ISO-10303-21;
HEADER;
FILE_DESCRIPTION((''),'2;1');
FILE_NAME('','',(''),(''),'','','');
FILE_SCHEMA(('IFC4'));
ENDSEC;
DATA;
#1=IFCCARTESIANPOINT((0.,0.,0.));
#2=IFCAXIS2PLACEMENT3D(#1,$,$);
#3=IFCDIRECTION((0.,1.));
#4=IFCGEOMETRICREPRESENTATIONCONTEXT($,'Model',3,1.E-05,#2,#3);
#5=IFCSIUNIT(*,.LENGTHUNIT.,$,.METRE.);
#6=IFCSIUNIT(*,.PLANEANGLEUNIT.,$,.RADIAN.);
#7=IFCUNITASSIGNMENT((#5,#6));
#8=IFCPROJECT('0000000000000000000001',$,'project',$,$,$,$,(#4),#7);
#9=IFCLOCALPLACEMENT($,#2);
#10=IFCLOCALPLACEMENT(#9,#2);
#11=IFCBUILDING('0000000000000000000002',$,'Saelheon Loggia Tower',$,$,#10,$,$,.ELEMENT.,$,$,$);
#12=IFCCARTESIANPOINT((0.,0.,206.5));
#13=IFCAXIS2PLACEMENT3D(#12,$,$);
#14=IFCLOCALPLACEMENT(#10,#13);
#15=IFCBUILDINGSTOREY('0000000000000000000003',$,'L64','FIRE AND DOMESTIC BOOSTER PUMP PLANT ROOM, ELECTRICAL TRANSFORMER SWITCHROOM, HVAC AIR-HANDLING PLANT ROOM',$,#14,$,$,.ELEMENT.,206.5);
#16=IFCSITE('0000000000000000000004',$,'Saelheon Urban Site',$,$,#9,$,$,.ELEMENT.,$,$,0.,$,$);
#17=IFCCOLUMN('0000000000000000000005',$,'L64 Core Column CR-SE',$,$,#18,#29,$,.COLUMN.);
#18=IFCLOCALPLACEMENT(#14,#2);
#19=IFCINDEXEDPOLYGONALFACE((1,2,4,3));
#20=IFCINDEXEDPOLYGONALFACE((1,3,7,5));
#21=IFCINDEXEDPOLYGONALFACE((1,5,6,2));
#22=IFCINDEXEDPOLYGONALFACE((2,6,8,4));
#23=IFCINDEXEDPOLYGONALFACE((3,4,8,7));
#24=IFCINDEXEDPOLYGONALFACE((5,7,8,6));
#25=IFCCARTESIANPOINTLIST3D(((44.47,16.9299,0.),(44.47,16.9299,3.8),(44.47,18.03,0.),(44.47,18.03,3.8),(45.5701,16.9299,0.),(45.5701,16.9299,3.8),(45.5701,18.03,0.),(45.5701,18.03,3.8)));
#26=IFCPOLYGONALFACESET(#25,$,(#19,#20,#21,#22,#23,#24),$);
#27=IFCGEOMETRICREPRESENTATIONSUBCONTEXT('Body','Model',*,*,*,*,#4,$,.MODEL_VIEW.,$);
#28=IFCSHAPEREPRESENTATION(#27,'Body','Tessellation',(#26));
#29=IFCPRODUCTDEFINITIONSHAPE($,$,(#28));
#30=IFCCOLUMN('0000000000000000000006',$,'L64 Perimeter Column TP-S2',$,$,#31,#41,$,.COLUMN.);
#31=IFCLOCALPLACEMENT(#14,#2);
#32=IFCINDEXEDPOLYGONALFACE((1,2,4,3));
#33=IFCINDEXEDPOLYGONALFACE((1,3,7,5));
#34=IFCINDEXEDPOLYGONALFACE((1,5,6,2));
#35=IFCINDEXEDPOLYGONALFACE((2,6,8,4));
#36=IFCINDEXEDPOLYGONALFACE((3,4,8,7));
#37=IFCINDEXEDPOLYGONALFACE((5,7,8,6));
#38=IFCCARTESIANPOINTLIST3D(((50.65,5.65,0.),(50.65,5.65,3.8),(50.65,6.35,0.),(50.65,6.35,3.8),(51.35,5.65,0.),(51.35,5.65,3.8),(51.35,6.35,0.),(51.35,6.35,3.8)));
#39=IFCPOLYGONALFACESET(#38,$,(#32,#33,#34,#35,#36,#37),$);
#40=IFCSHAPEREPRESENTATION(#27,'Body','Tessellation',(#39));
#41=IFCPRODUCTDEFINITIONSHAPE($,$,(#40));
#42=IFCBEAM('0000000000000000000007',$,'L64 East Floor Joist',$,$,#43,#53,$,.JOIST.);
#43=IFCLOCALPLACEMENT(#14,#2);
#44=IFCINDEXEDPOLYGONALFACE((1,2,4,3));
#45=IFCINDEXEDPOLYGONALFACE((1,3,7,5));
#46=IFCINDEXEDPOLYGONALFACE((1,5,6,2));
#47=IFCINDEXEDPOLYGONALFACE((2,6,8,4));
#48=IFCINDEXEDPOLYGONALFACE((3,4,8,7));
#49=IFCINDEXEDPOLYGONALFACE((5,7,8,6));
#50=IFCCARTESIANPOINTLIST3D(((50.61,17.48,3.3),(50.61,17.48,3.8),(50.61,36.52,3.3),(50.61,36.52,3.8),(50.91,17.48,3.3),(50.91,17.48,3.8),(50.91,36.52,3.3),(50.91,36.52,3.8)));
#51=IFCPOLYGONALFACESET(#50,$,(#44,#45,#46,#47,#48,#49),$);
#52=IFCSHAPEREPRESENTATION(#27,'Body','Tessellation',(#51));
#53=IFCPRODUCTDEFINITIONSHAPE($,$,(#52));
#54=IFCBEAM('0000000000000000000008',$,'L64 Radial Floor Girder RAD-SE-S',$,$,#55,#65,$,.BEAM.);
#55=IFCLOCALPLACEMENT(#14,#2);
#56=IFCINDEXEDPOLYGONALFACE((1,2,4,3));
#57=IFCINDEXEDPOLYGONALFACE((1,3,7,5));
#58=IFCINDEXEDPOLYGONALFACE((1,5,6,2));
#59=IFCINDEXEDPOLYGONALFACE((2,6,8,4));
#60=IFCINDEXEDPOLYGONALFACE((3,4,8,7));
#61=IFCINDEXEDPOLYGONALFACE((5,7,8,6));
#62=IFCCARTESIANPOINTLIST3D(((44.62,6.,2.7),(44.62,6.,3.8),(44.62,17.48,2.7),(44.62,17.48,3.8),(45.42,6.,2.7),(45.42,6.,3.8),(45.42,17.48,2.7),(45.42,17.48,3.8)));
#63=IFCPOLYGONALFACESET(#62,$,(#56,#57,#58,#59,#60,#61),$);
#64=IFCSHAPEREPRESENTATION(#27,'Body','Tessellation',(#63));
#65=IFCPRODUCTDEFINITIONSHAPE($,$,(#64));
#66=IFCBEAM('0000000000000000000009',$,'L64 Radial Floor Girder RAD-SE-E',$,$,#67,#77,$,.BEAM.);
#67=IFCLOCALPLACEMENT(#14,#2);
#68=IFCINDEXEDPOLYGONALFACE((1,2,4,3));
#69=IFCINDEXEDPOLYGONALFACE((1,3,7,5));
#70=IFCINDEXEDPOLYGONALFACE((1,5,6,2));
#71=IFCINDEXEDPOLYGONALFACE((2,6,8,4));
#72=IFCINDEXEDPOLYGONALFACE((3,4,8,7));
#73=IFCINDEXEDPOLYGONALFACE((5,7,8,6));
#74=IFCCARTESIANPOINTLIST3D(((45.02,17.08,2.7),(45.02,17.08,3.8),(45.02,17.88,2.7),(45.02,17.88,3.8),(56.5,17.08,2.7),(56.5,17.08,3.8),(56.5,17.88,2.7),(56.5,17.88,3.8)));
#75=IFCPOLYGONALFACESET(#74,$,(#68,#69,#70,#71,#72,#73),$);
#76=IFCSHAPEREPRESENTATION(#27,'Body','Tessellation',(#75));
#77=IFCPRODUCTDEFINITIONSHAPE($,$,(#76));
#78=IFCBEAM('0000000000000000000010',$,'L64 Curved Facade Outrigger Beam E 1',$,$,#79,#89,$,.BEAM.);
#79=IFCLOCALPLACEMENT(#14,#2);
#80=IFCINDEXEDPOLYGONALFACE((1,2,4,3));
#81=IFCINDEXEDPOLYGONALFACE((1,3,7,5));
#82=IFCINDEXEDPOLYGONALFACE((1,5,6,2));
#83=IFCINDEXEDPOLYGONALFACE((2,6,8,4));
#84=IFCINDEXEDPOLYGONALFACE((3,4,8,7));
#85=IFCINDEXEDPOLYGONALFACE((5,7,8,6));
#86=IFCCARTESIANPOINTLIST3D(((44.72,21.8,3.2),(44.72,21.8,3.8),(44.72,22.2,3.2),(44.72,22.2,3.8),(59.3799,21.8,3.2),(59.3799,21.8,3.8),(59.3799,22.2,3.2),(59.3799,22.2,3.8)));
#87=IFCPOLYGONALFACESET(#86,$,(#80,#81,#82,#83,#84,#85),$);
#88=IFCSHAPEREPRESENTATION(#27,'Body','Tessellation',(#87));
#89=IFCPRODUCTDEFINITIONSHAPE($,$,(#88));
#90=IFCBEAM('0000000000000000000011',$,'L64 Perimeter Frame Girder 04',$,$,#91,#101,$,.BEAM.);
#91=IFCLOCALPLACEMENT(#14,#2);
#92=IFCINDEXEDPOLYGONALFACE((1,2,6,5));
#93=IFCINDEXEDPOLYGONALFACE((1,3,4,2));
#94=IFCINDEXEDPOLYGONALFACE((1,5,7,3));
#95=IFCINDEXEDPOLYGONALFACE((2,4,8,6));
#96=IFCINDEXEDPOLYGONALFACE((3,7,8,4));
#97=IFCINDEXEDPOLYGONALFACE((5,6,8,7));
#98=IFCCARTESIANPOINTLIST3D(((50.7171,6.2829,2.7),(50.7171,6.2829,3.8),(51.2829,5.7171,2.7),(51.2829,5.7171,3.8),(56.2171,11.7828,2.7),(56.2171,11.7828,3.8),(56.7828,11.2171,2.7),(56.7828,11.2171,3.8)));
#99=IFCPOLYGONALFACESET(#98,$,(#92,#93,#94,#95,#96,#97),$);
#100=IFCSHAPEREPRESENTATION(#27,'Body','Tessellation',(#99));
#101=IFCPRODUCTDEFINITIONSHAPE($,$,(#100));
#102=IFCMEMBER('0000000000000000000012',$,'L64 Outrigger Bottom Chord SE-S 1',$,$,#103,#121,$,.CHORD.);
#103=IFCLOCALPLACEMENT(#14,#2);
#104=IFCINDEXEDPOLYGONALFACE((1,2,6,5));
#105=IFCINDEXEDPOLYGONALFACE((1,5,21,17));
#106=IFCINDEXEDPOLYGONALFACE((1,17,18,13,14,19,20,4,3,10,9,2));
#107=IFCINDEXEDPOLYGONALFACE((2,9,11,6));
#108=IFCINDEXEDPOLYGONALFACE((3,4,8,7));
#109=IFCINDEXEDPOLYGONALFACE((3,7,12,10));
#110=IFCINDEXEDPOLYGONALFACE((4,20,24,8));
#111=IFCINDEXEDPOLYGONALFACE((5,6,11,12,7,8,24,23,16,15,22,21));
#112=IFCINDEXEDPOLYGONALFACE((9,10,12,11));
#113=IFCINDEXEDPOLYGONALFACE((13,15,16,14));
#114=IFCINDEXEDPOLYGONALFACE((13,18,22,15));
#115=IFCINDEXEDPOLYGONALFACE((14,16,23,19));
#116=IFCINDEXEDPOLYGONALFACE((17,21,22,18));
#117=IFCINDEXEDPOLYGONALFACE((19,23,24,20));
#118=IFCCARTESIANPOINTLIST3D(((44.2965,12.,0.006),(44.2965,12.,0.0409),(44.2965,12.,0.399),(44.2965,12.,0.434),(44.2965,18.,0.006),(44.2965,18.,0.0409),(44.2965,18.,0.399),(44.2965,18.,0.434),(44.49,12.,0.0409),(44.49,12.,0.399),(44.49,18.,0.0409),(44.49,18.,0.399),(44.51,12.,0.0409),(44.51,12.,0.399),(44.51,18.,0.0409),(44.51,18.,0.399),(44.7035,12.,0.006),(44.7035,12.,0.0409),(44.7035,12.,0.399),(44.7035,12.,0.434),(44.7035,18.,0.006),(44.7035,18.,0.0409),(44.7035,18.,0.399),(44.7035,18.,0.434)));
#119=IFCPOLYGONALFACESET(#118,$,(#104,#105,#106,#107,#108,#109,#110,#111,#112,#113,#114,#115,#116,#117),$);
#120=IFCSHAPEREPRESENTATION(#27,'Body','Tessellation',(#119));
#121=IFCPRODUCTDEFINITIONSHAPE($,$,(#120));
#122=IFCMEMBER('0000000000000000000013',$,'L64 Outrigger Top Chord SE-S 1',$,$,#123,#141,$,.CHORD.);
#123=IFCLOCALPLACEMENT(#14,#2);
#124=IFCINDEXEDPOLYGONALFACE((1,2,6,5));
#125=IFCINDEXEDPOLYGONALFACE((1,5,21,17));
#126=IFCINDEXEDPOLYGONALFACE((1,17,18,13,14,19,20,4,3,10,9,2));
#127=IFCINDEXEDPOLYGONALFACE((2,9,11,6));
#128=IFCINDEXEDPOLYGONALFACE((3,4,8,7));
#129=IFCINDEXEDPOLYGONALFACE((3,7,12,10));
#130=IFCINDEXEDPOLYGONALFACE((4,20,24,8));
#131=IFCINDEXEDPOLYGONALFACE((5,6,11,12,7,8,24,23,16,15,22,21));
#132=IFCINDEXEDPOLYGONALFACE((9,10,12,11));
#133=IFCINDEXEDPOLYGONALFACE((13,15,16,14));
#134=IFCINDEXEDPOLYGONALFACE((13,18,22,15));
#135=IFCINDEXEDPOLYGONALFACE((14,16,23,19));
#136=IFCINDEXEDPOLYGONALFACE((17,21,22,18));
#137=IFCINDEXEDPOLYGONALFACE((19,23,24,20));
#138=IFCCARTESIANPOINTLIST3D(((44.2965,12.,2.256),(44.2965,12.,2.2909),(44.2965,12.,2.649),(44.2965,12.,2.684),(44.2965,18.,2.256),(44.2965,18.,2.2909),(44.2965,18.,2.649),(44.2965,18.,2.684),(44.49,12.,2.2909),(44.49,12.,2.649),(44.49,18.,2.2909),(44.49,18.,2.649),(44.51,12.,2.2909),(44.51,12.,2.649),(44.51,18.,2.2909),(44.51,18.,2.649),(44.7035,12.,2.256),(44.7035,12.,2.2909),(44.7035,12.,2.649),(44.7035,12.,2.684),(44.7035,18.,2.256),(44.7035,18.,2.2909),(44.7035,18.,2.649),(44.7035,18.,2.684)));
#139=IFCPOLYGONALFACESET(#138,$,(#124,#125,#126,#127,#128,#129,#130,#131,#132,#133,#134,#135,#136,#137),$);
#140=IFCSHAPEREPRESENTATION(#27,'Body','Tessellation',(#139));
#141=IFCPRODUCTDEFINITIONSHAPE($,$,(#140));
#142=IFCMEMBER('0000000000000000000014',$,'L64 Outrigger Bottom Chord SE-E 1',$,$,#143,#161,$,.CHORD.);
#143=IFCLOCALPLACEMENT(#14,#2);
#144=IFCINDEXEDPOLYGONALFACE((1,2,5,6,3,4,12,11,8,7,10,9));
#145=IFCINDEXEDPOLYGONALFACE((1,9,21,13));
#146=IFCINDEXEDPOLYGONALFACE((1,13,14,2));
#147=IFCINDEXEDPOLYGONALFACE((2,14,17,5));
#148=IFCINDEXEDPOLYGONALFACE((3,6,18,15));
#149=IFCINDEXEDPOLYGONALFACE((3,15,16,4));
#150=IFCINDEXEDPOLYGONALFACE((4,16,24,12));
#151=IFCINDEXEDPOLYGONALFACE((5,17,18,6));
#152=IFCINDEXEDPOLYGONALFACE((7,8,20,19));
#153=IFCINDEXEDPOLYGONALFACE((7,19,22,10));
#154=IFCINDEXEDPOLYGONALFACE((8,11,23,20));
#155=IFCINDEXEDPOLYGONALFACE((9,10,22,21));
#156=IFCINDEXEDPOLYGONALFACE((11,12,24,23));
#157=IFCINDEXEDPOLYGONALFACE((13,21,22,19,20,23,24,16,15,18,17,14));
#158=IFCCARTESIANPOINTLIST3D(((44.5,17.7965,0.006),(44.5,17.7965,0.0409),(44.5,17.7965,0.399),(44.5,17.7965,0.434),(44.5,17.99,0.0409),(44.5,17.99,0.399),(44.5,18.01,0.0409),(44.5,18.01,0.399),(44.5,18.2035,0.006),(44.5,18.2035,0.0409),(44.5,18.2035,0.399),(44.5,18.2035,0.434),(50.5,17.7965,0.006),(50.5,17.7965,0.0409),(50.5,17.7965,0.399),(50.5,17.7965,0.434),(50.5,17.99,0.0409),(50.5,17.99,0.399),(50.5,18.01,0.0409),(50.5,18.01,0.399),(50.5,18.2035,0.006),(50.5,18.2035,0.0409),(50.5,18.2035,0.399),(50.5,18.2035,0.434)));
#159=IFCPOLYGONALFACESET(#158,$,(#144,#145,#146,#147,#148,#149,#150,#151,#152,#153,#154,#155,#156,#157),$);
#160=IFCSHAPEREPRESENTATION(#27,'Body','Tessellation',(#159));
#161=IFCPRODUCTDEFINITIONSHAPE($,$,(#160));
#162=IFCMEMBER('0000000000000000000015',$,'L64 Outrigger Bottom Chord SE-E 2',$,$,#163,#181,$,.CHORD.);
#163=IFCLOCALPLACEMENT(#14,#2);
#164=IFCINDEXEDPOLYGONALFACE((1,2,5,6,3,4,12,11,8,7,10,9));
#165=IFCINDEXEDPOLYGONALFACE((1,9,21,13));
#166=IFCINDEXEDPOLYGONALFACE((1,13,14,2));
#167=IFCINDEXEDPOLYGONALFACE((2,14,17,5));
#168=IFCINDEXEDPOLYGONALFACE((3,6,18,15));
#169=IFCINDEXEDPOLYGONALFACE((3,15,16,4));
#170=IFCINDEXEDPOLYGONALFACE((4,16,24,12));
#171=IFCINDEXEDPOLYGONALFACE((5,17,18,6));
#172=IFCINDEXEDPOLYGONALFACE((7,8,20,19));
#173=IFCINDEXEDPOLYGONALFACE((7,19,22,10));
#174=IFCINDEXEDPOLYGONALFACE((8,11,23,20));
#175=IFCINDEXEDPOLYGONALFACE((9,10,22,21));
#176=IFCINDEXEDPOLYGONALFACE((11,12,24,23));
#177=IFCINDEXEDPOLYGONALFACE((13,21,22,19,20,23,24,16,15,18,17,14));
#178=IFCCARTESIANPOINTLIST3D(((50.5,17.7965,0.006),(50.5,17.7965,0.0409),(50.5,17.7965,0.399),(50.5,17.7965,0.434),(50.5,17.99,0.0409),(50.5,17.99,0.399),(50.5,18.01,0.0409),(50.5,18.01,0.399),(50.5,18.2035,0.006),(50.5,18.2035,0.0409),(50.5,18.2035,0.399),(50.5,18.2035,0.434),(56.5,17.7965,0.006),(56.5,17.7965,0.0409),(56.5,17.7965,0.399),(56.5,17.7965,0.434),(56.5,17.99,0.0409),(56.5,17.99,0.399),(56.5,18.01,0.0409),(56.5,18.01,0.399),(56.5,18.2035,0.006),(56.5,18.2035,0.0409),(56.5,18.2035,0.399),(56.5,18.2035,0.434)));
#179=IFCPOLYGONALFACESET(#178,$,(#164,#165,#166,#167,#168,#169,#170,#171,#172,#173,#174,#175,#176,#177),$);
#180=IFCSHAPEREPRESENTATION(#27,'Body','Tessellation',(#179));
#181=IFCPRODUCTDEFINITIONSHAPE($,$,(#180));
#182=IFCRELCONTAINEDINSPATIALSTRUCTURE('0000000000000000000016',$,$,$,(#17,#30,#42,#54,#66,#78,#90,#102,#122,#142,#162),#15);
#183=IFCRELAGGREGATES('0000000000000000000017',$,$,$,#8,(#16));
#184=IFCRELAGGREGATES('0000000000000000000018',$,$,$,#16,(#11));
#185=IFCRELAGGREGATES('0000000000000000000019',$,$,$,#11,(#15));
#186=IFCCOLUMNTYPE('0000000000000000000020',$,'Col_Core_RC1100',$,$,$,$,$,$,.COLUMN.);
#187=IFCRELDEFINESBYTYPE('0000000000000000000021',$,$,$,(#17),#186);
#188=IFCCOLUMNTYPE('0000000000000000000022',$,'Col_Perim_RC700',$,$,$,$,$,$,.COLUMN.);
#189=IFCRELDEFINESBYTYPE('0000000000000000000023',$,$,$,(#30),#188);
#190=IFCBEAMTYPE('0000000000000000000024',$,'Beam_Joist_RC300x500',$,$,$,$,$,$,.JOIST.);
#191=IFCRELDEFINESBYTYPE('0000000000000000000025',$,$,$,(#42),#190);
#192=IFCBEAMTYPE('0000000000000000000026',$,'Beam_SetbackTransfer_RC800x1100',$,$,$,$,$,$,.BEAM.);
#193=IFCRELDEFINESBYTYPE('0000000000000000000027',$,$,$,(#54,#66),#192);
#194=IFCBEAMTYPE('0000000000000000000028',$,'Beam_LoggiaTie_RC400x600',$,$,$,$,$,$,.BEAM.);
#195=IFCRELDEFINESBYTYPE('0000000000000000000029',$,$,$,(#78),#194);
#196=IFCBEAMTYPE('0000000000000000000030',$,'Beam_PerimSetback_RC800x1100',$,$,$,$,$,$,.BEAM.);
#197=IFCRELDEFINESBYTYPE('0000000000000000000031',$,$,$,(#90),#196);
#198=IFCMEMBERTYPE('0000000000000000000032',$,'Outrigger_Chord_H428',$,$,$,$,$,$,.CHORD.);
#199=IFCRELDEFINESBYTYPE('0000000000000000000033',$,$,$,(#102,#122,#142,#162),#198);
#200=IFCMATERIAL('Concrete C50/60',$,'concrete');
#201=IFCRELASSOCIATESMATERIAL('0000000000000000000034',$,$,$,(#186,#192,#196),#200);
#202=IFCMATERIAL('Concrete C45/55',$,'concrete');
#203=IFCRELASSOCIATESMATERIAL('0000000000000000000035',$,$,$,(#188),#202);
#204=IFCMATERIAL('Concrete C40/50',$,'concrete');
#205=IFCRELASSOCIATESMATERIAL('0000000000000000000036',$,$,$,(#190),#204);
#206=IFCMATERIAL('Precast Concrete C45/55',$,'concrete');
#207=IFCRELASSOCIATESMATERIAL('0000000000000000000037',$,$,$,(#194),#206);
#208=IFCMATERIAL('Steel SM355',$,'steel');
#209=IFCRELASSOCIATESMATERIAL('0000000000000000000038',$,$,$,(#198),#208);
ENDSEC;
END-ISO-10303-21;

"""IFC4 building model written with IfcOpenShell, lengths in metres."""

from ifc_helpers import new_model, si_unit, direction, frame, origin, origin_2d, place, context, subcontext, project, spatial, rectangle, i_section, extrude, source, transform, mapped, material, material_profile, profile_set, type_object, element, save


model = new_model("IFC4")

# Units and contexts
model_context = context("Model", 3, precision=1e-05, world=origin(), true_north=direction((0.0, 1.0)))
body_context = subcontext(model_context, "Body", "Model", "MODEL_VIEW")
ifc_project = project(units=[si_unit("LENGTHUNIT", "METRE"), si_unit("PLANEANGLEUNIT", "RADIAN")], contexts=[model_context])

# Site, building, storey
site_placement = place(None, origin())
site = spatial("IfcSite", under=ifc_project, at=site_placement, Name="Saelheon Urban Site", CompositionType="ELEMENT", RefElevation=0.0)
building_placement = place(site_placement, origin())
building = spatial("IfcBuilding", under=site, at=building_placement, Name="Saelheon Loggia Tower", CompositionType="ELEMENT")
storey_placement = place(building_placement, frame((0.0, 0.0, 206.5)))
storey = spatial("IfcBuildingStorey", under=building, at=storey_placement, Name="L64", Description="FIRE AND DOMESTIC BOOSTER PUMP PLANT ROOM, ELECTRICAL TRANSFORMER SWITCHROOM, HVAC AIR-HANDLING PLANT ROOM", CompositionType="ELEMENT", Elevation=206.5)

# Columns
ifc_material_1 = material(Name="Concrete C50/60", Category="concrete")
ifc_material_profile_1 = material_profile(ifc_material_1, rectangle(XDim=1.1001, YDim=1.1001, at=origin_2d()), Name="RC-1100x1100")
ifc_profile_set_1 = profile_set([ifc_material_profile_1], Name="Concrete C50/60")
column_type_1 = type_object("IfcColumnType", Name="Col_Core_RC1100", PredefinedType="COLUMN", material=ifc_profile_set_1)
shared_shape_1 = source(origin(), body_context, "Body", "SweptSolid", [
    extrude(rectangle(XDim=1.1001, YDim=1.1001, at=origin_2d()), origin(), (0.0, 0.0, 1.0), 3.8),
])
column_1_placement = place(storey_placement, frame((45.02, 17.48, 0.0), z_axis=(0.0, 0.0, 1.0), x_axis=(1.0, 0.0, 0.0)))
element("IfcColumn", 1, at=column_1_placement, inside=storey, type_object=column_type_1, Name="L64 Core Column CR-SE", PredefinedType="COLUMN", context=body_context, shape_type="MappedRepresentation", body=[
    mapped(shared_shape_1, transform((0.0, 0.0, 0.0), scale=1.0)),
])
ifc_material_2 = material(Name="Concrete C45/55", Category="concrete")
ifc_material_profile_2 = material_profile(ifc_material_2, rectangle(XDim=0.7, YDim=0.7, at=origin_2d()), Name="RC-700x700")
ifc_profile_set_2 = profile_set([ifc_material_profile_2], Name="Concrete C45/55")
column_type_2 = type_object("IfcColumnType", Name="Col_Perim_RC700", PredefinedType="COLUMN", material=ifc_profile_set_2)
shared_shape_2 = source(origin(), body_context, "Body", "SweptSolid", [
    extrude(rectangle(XDim=0.7, YDim=0.7, at=origin_2d()), origin(), (0.0, 0.0, 1.0), 3.8),
])
column_2_placement = place(storey_placement, frame((51.0, 6.0, 0.0), z_axis=(0.0, 0.0, 1.0), x_axis=(1.0, 0.0, 0.0)))
element("IfcColumn", 2, at=column_2_placement, inside=storey, type_object=column_type_2, Name="L64 Perimeter Column TP-S2", PredefinedType="COLUMN", context=body_context, shape_type="MappedRepresentation", body=[
    mapped(shared_shape_2, transform((0.0, 0.0, 0.0), scale=1.0)),
])

# Beams
ifc_material_3 = material(Name="Concrete C40/50", Category="concrete")
ifc_material_profile_3 = material_profile(ifc_material_3, rectangle(XDim=0.3, YDim=0.5, at=origin_2d()), Name="RC-300x500")
ifc_profile_set_3 = profile_set([ifc_material_profile_3], Name="Concrete C40/50")
beam_type_1 = type_object("IfcBeamType", Name="Beam_Joist_RC300x500", PredefinedType="JOIST", material=ifc_profile_set_3)
shared_shape_3 = source(origin(), body_context, "Body", "SweptSolid", [
    extrude(rectangle(XDim=0.3, YDim=0.5, at=origin_2d()), origin(), (0.0, 0.0, 1.0), 19.04),
])
beam_1_placement = place(storey_placement, frame((50.76, 17.48, 3.55), z_axis=(0.0, 1.0, 0.0), x_axis=(-1.0, 0.0, 0.0)))
element("IfcBeam", 3, at=beam_1_placement, inside=storey, type_object=beam_type_1, Name="L64 East Floor Joist", PredefinedType="JOIST", context=body_context, shape_type="MappedRepresentation", body=[
    mapped(shared_shape_3, transform((0.0, 0.0, 0.0), scale=1.0)),
])
ifc_material_profile_4 = material_profile(ifc_material_1, rectangle(XDim=0.8, YDim=1.1001, at=origin_2d()), Name="RC-800x1100")
ifc_profile_set_4 = profile_set([ifc_material_profile_4], Name="Concrete C50/60")
beam_type_2 = type_object("IfcBeamType", Name="Beam_SetbackTransfer_RC800x1100", PredefinedType="BEAM", material=ifc_profile_set_4)
shared_shape_4 = source(origin(), body_context, "Body", "SweptSolid", [
    extrude(rectangle(XDim=0.8, YDim=1.1001, at=origin_2d()), origin(), (0.0, 0.0, 1.0), 11.48),
])
for number, where, z_axis, x_axis, name in (
    (4, (45.02, 17.48, 3.25), (0.0, -1.0, 0.0), (1.0, 0.0, 0.0), "L64 Radial Floor Girder RAD-SE-S"),
    (5, (45.02, 17.48, 3.25), (1.0, 0.0, 0.0), (0.0, 1.0, 0.0), "L64 Radial Floor Girder RAD-SE-E"),
):
    element("IfcBeam", number, at=place(storey_placement, frame(where, z_axis=z_axis, x_axis=x_axis)), inside=storey, type_object=beam_type_2, Name=name, PredefinedType="BEAM", context=body_context, shape_type="MappedRepresentation", body=[
        mapped(shared_shape_4, transform((0.0, 0.0, 0.0), scale=1.0)),
    ])
ifc_material_4 = material(Name="Precast Concrete C45/55", Category="concrete")
ifc_material_profile_5 = material_profile(ifc_material_4, rectangle(XDim=0.3999, YDim=0.6001, at=origin_2d()), Name="RC-400x600")
ifc_profile_set_5 = profile_set([ifc_material_profile_5], Name="Precast Concrete C45/55")
beam_type_3 = type_object("IfcBeamType", Name="Beam_LoggiaTie_RC400x600", PredefinedType="BEAM", material=ifc_profile_set_5)
shared_shape_5 = source(origin(), body_context, "Body", "SweptSolid", [
    extrude(rectangle(XDim=0.3999, YDim=0.6001, at=origin_2d()), origin(), (0.0, 0.0, 1.0), 14.6599),
])
beam_2_placement = place(storey_placement, frame((44.72, 22.0, 3.5), z_axis=(1.0, 0.0, 0.0), x_axis=(0.0, 1.0, 0.0)))
element("IfcBeam", 6, at=beam_2_placement, inside=storey, type_object=beam_type_3, Name="L64 Curved Facade Outrigger Beam E 1", PredefinedType="BEAM", context=body_context, shape_type="MappedRepresentation", body=[
    mapped(shared_shape_5, transform((0.0, 0.0, 0.0), scale=1.0)),
])
ifc_material_profile_6 = material_profile(ifc_material_1, rectangle(XDim=0.8, YDim=1.1001, at=origin_2d()), Name="RC-800x1100")
ifc_profile_set_6 = profile_set([ifc_material_profile_6], Name="Concrete C50/60")
beam_type_4 = type_object("IfcBeamType", Name="Beam_PerimSetback_RC800x1100", PredefinedType="BEAM", material=ifc_profile_set_6)
shared_shape_6 = source(origin(), body_context, "Body", "SweptSolid", [
    extrude(rectangle(XDim=0.8, YDim=1.1001, at=origin_2d()), origin(), (0.0, 0.0, 1.0), 7.7781),
])
beam_3_placement = place(storey_placement, frame((51.0, 6.0, 3.25), z_axis=(0.707107, 0.707107, 0.0), x_axis=(-0.707107, 0.707107, 0.0)))
element("IfcBeam", 7, at=beam_3_placement, inside=storey, type_object=beam_type_4, Name="L64 Perimeter Frame Girder 04", PredefinedType="BEAM", context=body_context, shape_type="MappedRepresentation", body=[
    mapped(shared_shape_6, transform((0.0, 0.0, 0.0), scale=1.0)),
])

# Members
ifc_material_5 = material(Name="Steel SM355", Category="steel")
ifc_material_profile_7 = material_profile(ifc_material_5, i_section(OverallWidth=0.407, OverallDepth=0.428, WebThickness=0.02, FlangeThickness=0.0349, at=origin_2d()), Name="H-428x407x20x35")
ifc_profile_set_7 = profile_set([ifc_material_profile_7], Name="Steel SM355")
member_type_1 = type_object("IfcMemberType", Name="Outrigger_Chord_H428", PredefinedType="CHORD", material=ifc_profile_set_7)
shared_shape_7 = source(origin(), body_context, "Body", "SweptSolid", [
    extrude(i_section(OverallWidth=0.407, OverallDepth=0.428, WebThickness=0.02, FlangeThickness=0.0349, at=origin_2d()), origin(), (0.0, 0.0, 1.0), 6.0),
])
for number, where, z_axis, x_axis, name in (
    (8, (44.5, 18.0, 0.22), (0.0, -1.0, 0.0), (1.0, 0.0, 0.0), "L64 Outrigger Bottom Chord SE-S 1"),
    (9, (44.5, 18.0, 2.47), (0.0, -1.0, 0.0), (1.0, 0.0, 0.0), "L64 Outrigger Top Chord SE-S 1"),
    (10, (44.5, 18.0, 0.22), (1.0, 0.0, 0.0), (0.0, 1.0, 0.0), "L64 Outrigger Bottom Chord SE-E 1"),
    (11, (50.5, 18.0, 0.22), (1.0, 0.0, 0.0), (0.0, 1.0, 0.0), "L64 Outrigger Bottom Chord SE-E 2"),
):
    element("IfcMember", number, at=place(storey_placement, frame(where, z_axis=z_axis, x_axis=x_axis)), inside=storey, type_object=member_type_1, Name=name, PredefinedType="CHORD", context=body_context, shape_type="MappedRepresentation", body=[
        mapped(shared_shape_7, transform((0.0, 0.0, 0.0), scale=1.0)),
    ])

save(model, "model.ifc")
